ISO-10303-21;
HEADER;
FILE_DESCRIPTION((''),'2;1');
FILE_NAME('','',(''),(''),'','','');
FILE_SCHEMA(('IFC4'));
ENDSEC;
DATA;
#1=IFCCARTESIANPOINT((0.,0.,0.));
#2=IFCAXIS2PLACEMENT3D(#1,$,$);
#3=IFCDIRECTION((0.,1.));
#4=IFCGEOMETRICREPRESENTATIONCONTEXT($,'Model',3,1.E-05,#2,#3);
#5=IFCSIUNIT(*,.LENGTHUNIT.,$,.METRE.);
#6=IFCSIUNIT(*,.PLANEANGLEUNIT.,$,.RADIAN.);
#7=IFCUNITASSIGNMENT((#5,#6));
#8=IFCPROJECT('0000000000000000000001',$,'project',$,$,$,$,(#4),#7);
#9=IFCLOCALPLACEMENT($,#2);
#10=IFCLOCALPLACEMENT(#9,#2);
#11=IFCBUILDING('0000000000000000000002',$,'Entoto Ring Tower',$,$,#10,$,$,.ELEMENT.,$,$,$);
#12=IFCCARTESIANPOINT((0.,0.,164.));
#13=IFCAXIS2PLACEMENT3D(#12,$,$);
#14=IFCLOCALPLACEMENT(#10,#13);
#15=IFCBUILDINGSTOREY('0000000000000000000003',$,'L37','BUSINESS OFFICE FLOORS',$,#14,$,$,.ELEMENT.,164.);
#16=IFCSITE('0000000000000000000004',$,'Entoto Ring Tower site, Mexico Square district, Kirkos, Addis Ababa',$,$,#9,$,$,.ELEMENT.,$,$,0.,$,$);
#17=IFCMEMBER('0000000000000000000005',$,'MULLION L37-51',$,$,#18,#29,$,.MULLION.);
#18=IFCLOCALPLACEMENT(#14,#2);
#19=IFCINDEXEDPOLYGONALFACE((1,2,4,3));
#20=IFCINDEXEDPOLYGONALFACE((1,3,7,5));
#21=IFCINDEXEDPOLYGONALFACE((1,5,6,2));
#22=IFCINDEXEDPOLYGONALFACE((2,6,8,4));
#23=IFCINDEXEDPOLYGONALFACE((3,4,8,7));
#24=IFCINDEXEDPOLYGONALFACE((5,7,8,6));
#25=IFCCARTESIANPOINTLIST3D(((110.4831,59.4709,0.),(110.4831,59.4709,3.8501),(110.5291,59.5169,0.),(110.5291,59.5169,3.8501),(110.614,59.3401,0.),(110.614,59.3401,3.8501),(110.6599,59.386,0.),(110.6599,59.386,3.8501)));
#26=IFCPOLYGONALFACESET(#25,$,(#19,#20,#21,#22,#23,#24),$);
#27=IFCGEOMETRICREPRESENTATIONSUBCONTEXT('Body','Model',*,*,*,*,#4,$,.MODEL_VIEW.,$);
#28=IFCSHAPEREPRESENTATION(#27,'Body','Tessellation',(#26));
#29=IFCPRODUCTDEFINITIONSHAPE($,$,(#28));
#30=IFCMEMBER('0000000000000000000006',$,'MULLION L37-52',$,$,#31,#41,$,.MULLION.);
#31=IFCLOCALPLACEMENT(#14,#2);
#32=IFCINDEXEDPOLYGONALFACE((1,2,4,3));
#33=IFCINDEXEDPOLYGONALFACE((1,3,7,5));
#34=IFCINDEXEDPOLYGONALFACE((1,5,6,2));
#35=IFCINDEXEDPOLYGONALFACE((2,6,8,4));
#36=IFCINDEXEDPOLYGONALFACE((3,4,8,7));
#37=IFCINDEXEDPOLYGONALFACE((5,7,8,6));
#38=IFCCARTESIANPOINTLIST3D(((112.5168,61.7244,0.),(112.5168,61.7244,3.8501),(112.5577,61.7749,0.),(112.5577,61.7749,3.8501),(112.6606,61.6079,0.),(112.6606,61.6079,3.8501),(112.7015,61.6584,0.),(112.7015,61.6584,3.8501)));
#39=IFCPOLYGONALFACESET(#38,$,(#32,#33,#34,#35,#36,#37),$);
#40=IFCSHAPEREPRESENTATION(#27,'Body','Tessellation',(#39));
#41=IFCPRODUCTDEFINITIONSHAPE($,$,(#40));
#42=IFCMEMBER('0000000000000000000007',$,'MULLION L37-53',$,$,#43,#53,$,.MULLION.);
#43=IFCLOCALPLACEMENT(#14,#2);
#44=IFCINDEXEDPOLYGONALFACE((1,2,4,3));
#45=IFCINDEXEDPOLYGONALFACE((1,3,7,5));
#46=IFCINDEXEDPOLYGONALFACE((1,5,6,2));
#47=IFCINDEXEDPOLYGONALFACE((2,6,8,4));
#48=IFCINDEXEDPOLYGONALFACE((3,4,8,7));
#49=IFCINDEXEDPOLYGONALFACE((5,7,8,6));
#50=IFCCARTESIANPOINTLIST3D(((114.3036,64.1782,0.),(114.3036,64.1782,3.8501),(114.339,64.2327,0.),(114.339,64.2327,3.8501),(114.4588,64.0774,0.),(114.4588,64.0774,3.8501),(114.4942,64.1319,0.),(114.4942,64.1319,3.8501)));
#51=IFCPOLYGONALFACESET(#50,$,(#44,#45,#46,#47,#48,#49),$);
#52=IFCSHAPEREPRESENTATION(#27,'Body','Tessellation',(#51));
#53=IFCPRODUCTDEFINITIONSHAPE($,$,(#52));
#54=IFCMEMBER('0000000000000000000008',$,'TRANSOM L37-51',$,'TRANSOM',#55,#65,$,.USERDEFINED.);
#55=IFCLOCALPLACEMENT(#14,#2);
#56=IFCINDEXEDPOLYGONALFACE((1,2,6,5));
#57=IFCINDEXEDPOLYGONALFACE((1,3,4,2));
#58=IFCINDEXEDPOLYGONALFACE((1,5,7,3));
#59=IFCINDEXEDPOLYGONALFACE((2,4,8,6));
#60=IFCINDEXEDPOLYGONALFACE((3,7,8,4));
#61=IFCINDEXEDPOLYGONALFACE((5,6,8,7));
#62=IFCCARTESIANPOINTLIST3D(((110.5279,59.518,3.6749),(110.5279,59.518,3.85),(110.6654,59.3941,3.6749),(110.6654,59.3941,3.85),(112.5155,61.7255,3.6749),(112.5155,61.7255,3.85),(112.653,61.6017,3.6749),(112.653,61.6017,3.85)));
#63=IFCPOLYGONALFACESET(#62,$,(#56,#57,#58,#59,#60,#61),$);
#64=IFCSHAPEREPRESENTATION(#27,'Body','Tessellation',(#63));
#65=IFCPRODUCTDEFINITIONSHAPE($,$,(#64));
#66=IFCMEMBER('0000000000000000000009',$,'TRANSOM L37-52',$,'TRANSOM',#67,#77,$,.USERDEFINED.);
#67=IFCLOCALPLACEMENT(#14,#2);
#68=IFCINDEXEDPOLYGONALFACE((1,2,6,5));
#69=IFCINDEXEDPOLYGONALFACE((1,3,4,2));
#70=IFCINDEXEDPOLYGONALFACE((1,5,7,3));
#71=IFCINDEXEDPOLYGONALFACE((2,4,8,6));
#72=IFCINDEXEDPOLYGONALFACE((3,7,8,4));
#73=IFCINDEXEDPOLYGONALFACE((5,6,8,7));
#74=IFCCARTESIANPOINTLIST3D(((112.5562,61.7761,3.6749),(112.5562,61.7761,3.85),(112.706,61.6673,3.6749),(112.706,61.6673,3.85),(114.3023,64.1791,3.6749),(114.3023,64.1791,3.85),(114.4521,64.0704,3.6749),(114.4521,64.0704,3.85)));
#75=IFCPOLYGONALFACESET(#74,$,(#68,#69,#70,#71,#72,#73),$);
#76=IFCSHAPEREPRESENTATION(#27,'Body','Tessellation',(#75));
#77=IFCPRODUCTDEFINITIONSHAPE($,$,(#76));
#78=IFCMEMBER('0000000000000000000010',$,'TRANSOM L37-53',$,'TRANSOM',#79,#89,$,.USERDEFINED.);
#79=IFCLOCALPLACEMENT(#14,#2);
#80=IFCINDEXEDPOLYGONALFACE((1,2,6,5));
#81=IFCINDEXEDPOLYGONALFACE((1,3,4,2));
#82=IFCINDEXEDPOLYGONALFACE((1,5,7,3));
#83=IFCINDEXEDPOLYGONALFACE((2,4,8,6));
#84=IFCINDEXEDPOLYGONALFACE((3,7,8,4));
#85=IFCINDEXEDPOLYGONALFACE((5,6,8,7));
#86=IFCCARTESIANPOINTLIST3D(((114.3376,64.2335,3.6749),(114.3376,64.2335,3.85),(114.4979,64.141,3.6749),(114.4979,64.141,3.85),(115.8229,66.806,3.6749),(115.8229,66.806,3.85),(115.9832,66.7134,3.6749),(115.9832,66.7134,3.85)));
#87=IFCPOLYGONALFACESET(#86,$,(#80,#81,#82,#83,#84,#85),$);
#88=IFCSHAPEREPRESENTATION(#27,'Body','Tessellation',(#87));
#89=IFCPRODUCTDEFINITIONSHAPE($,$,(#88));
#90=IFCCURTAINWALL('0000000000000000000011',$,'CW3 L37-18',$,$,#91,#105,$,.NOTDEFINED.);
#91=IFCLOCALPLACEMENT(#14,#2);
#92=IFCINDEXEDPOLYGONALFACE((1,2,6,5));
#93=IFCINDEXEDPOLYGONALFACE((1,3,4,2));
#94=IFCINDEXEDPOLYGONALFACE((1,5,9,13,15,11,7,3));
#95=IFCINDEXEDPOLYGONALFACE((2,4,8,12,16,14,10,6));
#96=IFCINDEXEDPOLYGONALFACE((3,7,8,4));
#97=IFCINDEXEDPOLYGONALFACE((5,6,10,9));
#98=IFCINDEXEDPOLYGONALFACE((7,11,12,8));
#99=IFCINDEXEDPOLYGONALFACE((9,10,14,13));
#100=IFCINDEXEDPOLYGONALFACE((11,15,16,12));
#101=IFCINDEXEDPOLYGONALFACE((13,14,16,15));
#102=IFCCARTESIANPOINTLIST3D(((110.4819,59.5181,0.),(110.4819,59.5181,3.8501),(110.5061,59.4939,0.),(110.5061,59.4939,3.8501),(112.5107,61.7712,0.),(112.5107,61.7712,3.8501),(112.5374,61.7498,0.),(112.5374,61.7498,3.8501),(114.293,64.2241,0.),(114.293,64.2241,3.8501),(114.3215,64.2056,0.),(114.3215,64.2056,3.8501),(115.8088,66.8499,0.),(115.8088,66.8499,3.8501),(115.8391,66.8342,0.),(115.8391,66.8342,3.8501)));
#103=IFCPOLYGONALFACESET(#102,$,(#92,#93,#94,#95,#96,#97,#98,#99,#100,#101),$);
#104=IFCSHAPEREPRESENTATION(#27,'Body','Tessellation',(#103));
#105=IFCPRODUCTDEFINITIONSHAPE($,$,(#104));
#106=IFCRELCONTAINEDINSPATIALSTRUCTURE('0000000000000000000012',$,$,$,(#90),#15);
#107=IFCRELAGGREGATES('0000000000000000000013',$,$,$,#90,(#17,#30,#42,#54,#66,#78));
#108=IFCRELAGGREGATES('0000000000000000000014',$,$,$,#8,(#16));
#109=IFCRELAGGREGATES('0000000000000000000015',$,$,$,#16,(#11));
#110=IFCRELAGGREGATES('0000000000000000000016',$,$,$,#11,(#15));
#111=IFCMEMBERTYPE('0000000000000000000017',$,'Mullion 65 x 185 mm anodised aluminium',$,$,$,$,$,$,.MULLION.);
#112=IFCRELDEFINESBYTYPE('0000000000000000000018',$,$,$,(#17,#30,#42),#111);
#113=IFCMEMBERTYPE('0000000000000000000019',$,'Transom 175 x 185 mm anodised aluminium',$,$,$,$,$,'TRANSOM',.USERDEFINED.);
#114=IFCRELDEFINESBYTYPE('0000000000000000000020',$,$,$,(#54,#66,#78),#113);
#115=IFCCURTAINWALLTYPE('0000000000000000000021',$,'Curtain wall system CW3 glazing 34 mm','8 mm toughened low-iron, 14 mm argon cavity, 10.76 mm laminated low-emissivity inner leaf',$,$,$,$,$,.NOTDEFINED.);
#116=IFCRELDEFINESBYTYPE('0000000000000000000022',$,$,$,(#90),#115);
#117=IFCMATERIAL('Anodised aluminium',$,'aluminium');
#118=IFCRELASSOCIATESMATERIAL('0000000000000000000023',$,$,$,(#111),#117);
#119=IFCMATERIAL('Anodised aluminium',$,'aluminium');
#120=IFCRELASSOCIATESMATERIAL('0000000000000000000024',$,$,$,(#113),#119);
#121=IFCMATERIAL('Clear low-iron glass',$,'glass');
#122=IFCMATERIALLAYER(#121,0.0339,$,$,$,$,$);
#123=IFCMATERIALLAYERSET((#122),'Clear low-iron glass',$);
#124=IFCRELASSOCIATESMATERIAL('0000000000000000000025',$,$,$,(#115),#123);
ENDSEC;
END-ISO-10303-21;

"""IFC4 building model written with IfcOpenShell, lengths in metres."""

from ifc_helpers import new_model, si_unit, direction, frame, origin, origin_2d, place, context, subcontext, project, spatial, polyline, rectangle, outline, extrude, material, layer, layer_set, material_profile, profile_set, type_object, element, aggregate, save


model = new_model("IFC4")

# Units and contexts
model_context = context("Model", 3, precision=1e-05, world=origin(), true_north=direction((0.0, 1.0)))
body_context = subcontext(model_context, "Body", "Model", "MODEL_VIEW")
ifc_project = project(units=[si_unit("LENGTHUNIT", "METRE"), si_unit("PLANEANGLEUNIT", "RADIAN")], contexts=[model_context])

# Members
ifc_material_1 = material(Name="Anodised aluminium", Category="aluminium")
ifc_material_profile_1 = material_profile(ifc_material_1, rectangle(XDim=0.0649, YDim=0.1851, at=origin_2d()), Name="Mullion 65 x 185 mm anodised aluminium")
ifc_profile_set_1 = profile_set([ifc_material_profile_1], Name="Anodised aluminium")
member_type_1 = type_object("IfcMemberType", Name="Mullion 65 x 185 mm anodised aluminium", PredefinedType="MULLION", material=ifc_profile_set_1)
site_placement = place(None, origin())
building_placement = place(site_placement, origin())
storey_placement = place(building_placement, frame((0.0, 0.0, 164.0)))
member_1_placement = place(storey_placement, frame((110.5715, 59.4285, 0.0), z_axis=(0.0, 0.0, 1.0), x_axis=(0.707107, 0.707107, 0.0)))
member_1 = element("IfcMember", 1, at=member_1_placement, type_object=member_type_1, Name="MULLION L37-51", PredefinedType="MULLION", context=body_context, shape_type="SweptSolid", body=[
    extrude(rectangle(XDim=0.0649, YDim=0.1851, at=origin_2d()), origin(), (0.0, 0.0, 1.0), 3.8501),
])
member_2_placement = place(storey_placement, frame((112.6091, 61.6914, 0.0), z_axis=(0.0, 0.0, 1.0), x_axis=(0.62932, 0.777146, 0.0)))
member_2 = element("IfcMember", 2, at=member_2_placement, type_object=member_type_1, Name="MULLION L37-52", PredefinedType="MULLION", context=body_context, shape_type="SweptSolid", body=[
    extrude(rectangle(XDim=0.0649, YDim=0.1851, at=origin_2d()), origin(), (0.0, 0.0, 1.0), 3.8501),
])
member_3_placement = place(storey_placement, frame((114.3989, 64.155, 0.0), z_axis=(0.0, 0.0, 1.0), x_axis=(0.544639, 0.838671, 0.0)))
member_3 = element("IfcMember", 3, at=member_3_placement, type_object=member_type_1, Name="MULLION L37-53", PredefinedType="MULLION", context=body_context, shape_type="SweptSolid", body=[
    extrude(rectangle(XDim=0.0649, YDim=0.1851, at=origin_2d()), origin(), (0.0, 0.0, 1.0), 3.8501),
])
ifc_material_2 = material(Name="Anodised aluminium", Category="aluminium")
ifc_material_profile_2 = material_profile(ifc_material_2, rectangle(XDim=0.1851, YDim=0.175, at=origin_2d()), Name="Transom 175 x 185 mm anodised aluminium")
ifc_profile_set_2 = profile_set([ifc_material_profile_2], Name="Anodised aluminium")
member_type_2 = type_object("IfcMemberType", Name="Transom 175 x 185 mm anodised aluminium", ElementType="TRANSOM", PredefinedType="USERDEFINED", material=ifc_profile_set_2)
member_4_placement = place(storey_placement, frame((110.5967, 59.4561, 3.7625), z_axis=(0.66911, 0.743163, 0.0), x_axis=(-0.743163, 0.66911, 0.0)))
member_4 = element("IfcMember", 4, at=member_4_placement, type_object=member_type_2, Name="TRANSOM L37-51", ObjectType="TRANSOM", PredefinedType="USERDEFINED", context=body_context, shape_type="SweptSolid", body=[
    extrude(rectangle(XDim=0.1851, YDim=0.175, at=origin_2d()), origin(), (0.0, 0.0, 1.0), 2.9705),
])
member_5_placement = place(storey_placement, frame((112.6311, 61.7217, 3.7625), z_axis=(0.58782, 0.808992, 0.0), x_axis=(-0.808992, 0.58782, 0.0)))
member_5 = element("IfcMember", 5, at=member_5_placement, type_object=member_type_2, Name="TRANSOM L37-52", ObjectType="TRANSOM", PredefinedType="USERDEFINED", context=body_context, shape_type="SweptSolid", body=[
    extrude(rectangle(XDim=0.1851, YDim=0.175, at=origin_2d()), origin(), (0.0, 0.0, 1.0), 2.9705),
])
member_6_placement = place(storey_placement, frame((114.4177, 64.1873, 3.7625), z_axis=(0.500028, 0.866009, 0.0), x_axis=(-0.866009, 0.500028, 0.0)))
member_6 = element("IfcMember", 6, at=member_6_placement, type_object=member_type_2, Name="TRANSOM L37-53", ObjectType="TRANSOM", PredefinedType="USERDEFINED", context=body_context, shape_type="SweptSolid", body=[
    extrude(rectangle(XDim=0.1851, YDim=0.175, at=origin_2d()), origin(), (0.0, 0.0, 1.0), 2.9705),
])

# Site, building, storey
site = spatial("IfcSite", under=ifc_project, at=site_placement, Name="Entoto Ring Tower site, Mexico Square district, Kirkos, Addis Ababa", CompositionType="ELEMENT", RefElevation=0.0)
building = spatial("IfcBuilding", under=site, at=building_placement, Name="Entoto Ring Tower", CompositionType="ELEMENT")
storey = spatial("IfcBuildingStorey", under=building, at=storey_placement, Name="L37", Description="BUSINESS OFFICE FLOORS", CompositionType="ELEMENT", Elevation=164.0)

# Curtain wall
ifc_material_3 = material(Name="Clear low-iron glass", Category="glass")
ifc_layer = layer(ifc_material_3, 0.0339)
ifc_layer_set = layer_set([ifc_layer], Name="Clear low-iron glass")
curtain_wall_type = type_object("IfcCurtainWallType", Name="Curtain wall system CW3 glazing 34 mm", Description="8 mm toughened low-iron, 14 mm argon cavity, 10.76 mm laminated low-emissivity inner leaf", PredefinedType="NOTDEFINED", material=ifc_layer_set)
curtain_wall_1_placement = place(storey_placement, origin())
curtain_wall_1 = element("IfcCurtainWall", 7, at=curtain_wall_1_placement, inside=storey, type_object=curtain_wall_type, Name="CW3 L37-18", PredefinedType="NOTDEFINED", context=body_context, shape_type="SweptSolid", body=[
    extrude(outline(polyline([(110.5061, 59.4939), (112.5374, 61.7498), (114.3215, 64.2056), (115.8391, 66.8342), (115.8088, 66.8499), (114.293, 64.2241), (112.5107, 61.7712), (110.4819, 59.5181), (110.5061, 59.4939)])), origin(), (0.0, 0.0, 1.0), 3.8501),
])
aggregate(curtain_wall_1, [member_1, member_2, member_3, member_4, member_5, member_6])

save(model, "model.ifc")
